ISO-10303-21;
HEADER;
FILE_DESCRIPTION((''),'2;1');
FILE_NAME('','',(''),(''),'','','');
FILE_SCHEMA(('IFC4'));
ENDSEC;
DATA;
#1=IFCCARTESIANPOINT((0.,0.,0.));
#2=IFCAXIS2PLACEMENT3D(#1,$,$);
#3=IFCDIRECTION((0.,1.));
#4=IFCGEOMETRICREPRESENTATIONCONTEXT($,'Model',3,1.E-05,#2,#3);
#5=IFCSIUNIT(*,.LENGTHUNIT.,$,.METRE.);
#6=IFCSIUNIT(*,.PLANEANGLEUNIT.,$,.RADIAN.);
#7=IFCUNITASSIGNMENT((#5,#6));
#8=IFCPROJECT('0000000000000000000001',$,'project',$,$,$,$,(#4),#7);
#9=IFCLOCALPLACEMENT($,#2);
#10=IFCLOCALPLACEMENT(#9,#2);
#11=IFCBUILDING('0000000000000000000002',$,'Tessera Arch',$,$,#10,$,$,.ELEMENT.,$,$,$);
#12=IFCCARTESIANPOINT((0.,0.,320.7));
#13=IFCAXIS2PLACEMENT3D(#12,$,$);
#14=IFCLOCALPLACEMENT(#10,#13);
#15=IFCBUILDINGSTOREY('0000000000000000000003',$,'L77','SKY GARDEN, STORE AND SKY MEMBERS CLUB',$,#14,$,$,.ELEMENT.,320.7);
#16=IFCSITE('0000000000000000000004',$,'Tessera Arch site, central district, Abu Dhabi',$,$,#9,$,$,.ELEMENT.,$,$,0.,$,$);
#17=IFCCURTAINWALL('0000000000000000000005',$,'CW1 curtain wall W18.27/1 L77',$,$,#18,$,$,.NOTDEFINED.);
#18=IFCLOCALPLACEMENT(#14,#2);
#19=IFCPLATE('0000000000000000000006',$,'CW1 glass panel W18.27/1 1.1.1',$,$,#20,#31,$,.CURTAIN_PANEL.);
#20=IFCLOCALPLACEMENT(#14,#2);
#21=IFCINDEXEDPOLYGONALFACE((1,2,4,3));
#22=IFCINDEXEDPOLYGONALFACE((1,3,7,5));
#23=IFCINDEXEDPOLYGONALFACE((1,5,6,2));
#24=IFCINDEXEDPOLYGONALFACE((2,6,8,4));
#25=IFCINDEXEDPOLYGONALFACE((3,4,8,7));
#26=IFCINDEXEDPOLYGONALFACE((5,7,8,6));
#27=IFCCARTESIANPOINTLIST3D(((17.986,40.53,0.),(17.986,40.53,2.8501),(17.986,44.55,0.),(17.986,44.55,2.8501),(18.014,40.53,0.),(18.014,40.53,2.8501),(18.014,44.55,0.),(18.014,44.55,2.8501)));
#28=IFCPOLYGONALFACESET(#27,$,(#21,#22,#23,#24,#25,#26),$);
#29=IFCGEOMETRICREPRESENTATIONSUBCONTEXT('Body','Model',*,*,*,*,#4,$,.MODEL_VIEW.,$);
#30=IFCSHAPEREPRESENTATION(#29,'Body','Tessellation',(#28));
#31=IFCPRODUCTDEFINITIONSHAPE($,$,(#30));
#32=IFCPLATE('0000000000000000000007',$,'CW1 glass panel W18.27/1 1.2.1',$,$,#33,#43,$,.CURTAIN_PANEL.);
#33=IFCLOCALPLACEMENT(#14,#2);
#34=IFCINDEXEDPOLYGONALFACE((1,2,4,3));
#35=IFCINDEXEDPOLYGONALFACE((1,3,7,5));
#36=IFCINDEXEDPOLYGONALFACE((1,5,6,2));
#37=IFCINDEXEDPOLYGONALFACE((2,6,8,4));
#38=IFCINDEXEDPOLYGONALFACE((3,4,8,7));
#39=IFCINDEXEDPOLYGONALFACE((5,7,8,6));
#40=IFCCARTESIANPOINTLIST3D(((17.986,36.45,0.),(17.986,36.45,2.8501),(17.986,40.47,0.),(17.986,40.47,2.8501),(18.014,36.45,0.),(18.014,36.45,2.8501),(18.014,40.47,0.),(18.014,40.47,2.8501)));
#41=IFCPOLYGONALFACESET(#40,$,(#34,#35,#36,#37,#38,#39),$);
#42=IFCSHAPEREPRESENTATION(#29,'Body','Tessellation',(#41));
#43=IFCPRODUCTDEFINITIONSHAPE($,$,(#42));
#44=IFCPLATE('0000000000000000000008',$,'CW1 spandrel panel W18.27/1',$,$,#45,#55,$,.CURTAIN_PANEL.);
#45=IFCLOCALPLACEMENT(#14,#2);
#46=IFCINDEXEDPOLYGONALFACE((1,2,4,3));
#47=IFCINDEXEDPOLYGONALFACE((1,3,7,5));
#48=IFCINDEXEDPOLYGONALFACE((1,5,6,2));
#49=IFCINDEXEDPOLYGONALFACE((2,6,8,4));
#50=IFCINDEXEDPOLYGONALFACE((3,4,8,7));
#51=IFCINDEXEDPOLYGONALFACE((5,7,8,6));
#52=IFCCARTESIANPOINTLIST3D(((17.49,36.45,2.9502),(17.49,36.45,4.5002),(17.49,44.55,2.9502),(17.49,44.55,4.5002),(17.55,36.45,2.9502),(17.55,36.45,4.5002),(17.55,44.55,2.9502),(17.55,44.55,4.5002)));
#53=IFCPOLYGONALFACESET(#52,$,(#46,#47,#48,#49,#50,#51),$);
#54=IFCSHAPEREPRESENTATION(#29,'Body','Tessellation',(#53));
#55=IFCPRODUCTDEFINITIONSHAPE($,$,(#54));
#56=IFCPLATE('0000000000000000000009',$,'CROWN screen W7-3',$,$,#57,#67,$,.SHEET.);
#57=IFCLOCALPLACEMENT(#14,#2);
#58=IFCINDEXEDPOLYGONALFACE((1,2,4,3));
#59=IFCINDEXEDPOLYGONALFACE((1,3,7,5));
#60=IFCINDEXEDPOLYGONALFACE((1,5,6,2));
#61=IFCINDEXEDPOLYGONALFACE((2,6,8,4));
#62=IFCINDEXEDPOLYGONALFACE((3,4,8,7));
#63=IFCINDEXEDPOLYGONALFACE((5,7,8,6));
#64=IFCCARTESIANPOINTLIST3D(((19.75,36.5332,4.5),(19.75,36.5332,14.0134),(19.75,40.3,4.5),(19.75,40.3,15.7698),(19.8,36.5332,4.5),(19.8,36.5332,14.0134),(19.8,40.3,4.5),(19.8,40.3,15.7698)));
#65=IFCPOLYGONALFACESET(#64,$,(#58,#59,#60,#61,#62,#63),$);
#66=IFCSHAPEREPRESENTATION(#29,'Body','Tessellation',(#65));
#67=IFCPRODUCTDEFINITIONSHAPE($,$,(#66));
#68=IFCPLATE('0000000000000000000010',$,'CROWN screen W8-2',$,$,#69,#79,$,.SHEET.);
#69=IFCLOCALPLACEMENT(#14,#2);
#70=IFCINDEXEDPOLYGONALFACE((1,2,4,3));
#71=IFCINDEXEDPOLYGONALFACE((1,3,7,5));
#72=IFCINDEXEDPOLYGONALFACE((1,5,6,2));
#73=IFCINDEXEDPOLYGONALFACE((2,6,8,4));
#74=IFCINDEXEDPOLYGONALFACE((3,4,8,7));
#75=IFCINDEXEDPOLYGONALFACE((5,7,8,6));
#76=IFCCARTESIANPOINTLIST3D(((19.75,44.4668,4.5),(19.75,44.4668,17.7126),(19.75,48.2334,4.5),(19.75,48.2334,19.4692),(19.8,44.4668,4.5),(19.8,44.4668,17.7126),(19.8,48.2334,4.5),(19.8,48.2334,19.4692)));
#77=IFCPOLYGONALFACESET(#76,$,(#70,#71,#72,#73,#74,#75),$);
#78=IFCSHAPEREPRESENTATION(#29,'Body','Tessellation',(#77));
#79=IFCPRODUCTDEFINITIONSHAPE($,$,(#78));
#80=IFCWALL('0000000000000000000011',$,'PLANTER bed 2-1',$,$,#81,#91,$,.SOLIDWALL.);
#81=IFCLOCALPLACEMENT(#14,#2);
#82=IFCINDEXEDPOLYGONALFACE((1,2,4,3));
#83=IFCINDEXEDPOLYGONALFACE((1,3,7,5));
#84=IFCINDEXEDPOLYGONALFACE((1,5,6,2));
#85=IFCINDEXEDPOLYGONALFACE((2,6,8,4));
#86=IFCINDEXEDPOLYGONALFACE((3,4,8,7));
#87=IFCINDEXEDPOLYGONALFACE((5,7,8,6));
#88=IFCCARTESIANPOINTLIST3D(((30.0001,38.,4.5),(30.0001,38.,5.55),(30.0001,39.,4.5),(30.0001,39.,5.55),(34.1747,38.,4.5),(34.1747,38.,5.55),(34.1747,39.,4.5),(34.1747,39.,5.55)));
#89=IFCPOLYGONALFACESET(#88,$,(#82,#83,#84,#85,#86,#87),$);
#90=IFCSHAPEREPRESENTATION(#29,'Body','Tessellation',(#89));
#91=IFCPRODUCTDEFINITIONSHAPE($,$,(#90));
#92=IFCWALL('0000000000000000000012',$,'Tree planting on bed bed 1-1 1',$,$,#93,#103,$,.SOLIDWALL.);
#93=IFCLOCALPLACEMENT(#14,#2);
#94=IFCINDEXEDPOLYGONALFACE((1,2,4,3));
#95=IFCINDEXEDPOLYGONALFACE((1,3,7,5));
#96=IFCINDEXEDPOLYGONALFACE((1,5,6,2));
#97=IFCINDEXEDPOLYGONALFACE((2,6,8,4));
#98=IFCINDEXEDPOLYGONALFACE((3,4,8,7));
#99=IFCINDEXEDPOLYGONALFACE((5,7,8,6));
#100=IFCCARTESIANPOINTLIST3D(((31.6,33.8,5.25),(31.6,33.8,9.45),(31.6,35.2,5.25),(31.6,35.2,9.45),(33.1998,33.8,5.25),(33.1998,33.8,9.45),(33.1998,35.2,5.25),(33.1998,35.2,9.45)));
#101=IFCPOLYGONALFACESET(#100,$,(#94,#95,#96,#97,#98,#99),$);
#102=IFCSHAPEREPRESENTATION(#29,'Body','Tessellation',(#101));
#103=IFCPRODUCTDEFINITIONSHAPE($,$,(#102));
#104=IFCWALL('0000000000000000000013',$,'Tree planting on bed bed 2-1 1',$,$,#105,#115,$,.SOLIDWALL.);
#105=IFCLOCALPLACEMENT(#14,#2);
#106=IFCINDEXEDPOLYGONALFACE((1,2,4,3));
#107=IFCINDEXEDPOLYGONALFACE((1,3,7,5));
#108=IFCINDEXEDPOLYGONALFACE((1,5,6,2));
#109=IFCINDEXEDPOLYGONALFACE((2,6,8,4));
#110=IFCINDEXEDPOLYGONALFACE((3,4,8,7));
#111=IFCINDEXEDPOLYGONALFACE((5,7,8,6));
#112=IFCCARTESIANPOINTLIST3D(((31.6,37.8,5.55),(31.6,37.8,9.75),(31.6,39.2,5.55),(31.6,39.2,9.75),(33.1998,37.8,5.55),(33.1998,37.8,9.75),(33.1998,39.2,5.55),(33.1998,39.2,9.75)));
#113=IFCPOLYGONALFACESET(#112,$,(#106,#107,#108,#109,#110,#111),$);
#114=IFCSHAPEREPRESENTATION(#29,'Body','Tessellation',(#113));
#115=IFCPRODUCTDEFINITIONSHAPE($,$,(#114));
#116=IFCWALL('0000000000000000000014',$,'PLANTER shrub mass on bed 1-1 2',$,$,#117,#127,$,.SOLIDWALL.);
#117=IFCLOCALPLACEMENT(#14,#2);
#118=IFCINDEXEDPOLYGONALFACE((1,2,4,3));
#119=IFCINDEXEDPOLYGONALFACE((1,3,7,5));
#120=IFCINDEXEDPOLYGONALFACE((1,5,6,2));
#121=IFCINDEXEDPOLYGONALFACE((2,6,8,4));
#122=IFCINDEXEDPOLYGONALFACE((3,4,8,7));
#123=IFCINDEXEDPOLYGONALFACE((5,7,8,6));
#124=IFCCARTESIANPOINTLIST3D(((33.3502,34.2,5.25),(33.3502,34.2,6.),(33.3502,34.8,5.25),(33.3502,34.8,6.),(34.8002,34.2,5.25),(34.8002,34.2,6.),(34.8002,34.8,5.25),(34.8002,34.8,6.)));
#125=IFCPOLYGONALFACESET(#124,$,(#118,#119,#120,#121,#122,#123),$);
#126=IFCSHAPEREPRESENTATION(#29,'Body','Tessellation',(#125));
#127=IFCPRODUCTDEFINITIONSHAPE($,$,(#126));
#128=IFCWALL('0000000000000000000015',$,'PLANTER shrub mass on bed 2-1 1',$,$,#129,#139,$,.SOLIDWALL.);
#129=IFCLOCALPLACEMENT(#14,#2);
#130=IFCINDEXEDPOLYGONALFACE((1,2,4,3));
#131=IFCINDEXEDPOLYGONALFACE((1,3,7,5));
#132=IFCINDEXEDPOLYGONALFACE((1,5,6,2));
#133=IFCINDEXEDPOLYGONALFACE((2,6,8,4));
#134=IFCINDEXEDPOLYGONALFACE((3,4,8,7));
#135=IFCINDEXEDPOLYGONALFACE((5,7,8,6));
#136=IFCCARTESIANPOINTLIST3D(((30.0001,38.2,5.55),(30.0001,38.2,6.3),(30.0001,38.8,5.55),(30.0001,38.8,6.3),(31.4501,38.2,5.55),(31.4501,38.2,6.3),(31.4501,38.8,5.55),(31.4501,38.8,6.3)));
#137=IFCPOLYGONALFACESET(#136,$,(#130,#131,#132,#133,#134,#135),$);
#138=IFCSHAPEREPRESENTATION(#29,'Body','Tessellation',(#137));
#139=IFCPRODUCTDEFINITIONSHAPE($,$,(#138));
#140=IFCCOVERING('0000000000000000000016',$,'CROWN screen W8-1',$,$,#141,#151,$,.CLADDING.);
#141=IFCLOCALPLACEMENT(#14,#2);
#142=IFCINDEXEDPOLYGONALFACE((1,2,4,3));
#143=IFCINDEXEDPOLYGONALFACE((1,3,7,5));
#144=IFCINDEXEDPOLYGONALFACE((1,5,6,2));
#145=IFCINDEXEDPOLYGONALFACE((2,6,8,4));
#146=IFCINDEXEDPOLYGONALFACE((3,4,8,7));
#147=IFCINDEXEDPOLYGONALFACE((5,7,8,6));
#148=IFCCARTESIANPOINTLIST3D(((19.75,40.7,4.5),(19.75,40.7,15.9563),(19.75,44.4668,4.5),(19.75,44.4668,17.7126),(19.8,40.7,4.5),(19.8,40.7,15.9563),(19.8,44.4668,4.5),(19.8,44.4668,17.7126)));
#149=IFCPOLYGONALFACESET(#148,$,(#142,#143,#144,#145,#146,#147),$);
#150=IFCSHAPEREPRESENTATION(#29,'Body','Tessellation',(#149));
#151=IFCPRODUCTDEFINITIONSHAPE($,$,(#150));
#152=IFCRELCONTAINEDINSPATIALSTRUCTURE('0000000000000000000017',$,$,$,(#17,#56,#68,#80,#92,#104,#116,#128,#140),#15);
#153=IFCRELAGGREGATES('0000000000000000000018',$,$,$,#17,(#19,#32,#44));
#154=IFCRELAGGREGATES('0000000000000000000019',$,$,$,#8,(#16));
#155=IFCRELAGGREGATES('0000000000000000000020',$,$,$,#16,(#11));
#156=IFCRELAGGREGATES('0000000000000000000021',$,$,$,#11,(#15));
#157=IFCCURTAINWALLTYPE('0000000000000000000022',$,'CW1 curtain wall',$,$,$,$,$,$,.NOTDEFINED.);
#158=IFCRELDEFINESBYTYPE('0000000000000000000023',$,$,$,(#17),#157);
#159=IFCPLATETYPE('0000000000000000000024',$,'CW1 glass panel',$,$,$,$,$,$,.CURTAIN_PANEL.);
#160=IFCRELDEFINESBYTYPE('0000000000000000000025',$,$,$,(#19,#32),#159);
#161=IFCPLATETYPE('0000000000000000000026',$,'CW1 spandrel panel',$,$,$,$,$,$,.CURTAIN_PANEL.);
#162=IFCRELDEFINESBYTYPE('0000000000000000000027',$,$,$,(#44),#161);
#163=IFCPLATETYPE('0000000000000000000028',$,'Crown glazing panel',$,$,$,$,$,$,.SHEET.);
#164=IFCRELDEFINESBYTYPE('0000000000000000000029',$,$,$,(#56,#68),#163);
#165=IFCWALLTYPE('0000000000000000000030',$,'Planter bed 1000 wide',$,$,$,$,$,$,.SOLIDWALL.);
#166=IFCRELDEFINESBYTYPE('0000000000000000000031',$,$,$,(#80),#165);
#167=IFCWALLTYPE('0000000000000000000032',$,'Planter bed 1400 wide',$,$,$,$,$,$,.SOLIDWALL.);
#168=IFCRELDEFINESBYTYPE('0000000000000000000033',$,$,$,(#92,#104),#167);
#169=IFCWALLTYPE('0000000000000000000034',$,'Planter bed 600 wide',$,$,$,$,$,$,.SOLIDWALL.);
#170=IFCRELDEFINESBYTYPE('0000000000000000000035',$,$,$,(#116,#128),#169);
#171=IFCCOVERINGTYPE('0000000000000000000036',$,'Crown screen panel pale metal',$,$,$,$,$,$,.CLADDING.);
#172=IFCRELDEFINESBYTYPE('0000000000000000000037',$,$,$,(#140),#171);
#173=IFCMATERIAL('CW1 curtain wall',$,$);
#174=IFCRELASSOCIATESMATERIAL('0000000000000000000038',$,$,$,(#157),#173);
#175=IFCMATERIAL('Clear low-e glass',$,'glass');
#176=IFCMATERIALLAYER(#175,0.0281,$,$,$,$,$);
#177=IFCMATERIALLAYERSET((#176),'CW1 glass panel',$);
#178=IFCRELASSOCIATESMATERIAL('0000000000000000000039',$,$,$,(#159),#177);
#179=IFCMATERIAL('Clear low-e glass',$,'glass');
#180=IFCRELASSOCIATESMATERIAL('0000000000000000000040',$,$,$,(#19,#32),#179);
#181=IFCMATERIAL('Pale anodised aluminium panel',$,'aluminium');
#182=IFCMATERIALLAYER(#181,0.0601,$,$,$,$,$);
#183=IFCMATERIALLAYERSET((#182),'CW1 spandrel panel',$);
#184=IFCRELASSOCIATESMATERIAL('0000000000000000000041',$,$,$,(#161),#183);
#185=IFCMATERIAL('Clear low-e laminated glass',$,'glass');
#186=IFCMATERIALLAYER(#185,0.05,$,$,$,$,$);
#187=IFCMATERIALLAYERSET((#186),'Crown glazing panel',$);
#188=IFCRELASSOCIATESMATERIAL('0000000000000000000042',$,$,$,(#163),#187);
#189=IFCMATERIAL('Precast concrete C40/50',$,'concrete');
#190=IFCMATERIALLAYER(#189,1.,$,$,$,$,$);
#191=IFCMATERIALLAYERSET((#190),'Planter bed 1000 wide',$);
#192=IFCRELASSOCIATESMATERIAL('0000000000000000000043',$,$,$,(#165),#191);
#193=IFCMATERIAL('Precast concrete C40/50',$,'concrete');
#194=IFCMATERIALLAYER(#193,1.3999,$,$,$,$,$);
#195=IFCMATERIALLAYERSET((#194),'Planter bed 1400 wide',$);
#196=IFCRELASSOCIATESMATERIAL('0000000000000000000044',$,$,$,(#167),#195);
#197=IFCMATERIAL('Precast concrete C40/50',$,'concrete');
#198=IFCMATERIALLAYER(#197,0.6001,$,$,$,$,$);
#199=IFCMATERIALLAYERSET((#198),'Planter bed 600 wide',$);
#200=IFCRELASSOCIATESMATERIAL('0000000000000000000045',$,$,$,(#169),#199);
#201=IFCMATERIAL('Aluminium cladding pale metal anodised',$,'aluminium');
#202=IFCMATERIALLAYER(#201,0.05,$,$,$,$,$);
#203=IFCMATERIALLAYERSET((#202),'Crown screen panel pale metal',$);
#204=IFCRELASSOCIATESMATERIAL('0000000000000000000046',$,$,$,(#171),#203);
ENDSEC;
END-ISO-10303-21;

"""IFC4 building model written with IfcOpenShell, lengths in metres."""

from ifc_helpers import new_model, si_unit, direction, frame, frame_2d, origin, origin_2d, place, context, subcontext, project, spatial, polyline, rectangle, outline, extrude, material, layer, layer_set, type_object, element, aggregate, save


model = new_model("IFC4")

# Units and contexts
model_context = context("Model", 3, precision=1e-05, world=origin(), true_north=direction((0.0, 1.0)))
body_context = subcontext(model_context, "Body", "Model", "MODEL_VIEW")
ifc_project = project(units=[si_unit("LENGTHUNIT", "METRE"), si_unit("PLANEANGLEUNIT", "RADIAN")], contexts=[model_context])

# Site, building, storey
site_placement = place(None, origin())
site = spatial("IfcSite", under=ifc_project, at=site_placement, Name="Tessera Arch site, central district, Abu Dhabi", CompositionType="ELEMENT", RefElevation=0.0)
building_placement = place(site_placement, origin())
building = spatial("IfcBuilding", under=site, at=building_placement, Name="Tessera Arch", CompositionType="ELEMENT")
storey_placement = place(building_placement, frame((0.0, 0.0, 320.7)))
storey = spatial("IfcBuildingStorey", under=building, at=storey_placement, Name="L77", Description="SKY GARDEN, STORE AND SKY MEMBERS CLUB", CompositionType="ELEMENT", Elevation=320.7)

# Curtain wall
ifc_material_1 = material(Name="CW1 curtain wall")
curtain_wall_type = type_object("IfcCurtainWallType", Name="CW1 curtain wall", PredefinedType="NOTDEFINED", material=ifc_material_1)
curtain_wall_placement = place(storey_placement, origin())
curtain_wall = element("IfcCurtainWall", 1, at=curtain_wall_placement, inside=storey, type_object=curtain_wall_type, Name="CW1 curtain wall W18.27/1 L77", PredefinedType="NOTDEFINED")

# Plates
ifc_material_2 = material(Name="Clear low-e glass", Category="glass")
ifc_material_3 = material(Name="Clear low-e glass", Category="glass")
ifc_layer_1 = layer(ifc_material_3, 0.0281)
ifc_layer_set_1 = layer_set([ifc_layer_1], Name="CW1 glass panel")
plate_type_1 = type_object("IfcPlateType", Name="CW1 glass panel", PredefinedType="CURTAIN_PANEL", material=ifc_layer_set_1)
plate_1_placement = place(storey_placement, frame((18.0, 42.54, 0.0), z_axis=(0.0, 0.0, 1.0), x_axis=(0.0, -1.0, 0.0)))
plate_1 = element("IfcPlate", 2, at=plate_1_placement, type_object=plate_type_1, material=ifc_material_2, Name="CW1 glass panel W18.27/1 1.1.1", PredefinedType="CURTAIN_PANEL", context=body_context, shape_type="SweptSolid", body=[
    extrude(rectangle(XDim=4.02, YDim=0.0281, at=origin_2d()), origin(), (0.0, 0.0, 1.0), 2.8501),
])
plate_2_placement = place(storey_placement, frame((18.0, 38.46, 0.0), z_axis=(0.0, 0.0, 1.0), x_axis=(0.0, -1.0, 0.0)))
plate_2 = element("IfcPlate", 3, at=plate_2_placement, type_object=plate_type_1, material=ifc_material_2, Name="CW1 glass panel W18.27/1 1.2.1", PredefinedType="CURTAIN_PANEL", context=body_context, shape_type="SweptSolid", body=[
    extrude(rectangle(XDim=4.02, YDim=0.0281, at=origin_2d()), origin(), (0.0, 0.0, 1.0), 2.8501),
])
ifc_material_4 = material(Name="Pale anodised aluminium panel", Category="aluminium")
ifc_layer_2 = layer(ifc_material_4, 0.0601)
ifc_layer_set_2 = layer_set([ifc_layer_2], Name="CW1 spandrel panel")
plate_type_2 = type_object("IfcPlateType", Name="CW1 spandrel panel", PredefinedType="CURTAIN_PANEL", material=ifc_layer_set_2)
plate_3_placement = place(storey_placement, frame((17.52, 40.5, 2.9502), z_axis=(0.0, 0.0, 1.0), x_axis=(0.0, -1.0, 0.0)))
plate_3 = element("IfcPlate", 4, at=plate_3_placement, type_object=plate_type_2, Name="CW1 spandrel panel W18.27/1", PredefinedType="CURTAIN_PANEL", context=body_context, shape_type="SweptSolid", body=[
    extrude(rectangle(XDim=8.1001, YDim=0.0601, at=origin_2d()), origin(), (0.0, 0.0, 1.0), 1.55),
])
aggregate(curtain_wall, [plate_1, plate_2, plate_3])

# Plates
ifc_material_5 = material(Name="Clear low-e laminated glass", Category="glass")
ifc_layer_3 = layer(ifc_material_5, 0.05)
ifc_layer_set_3 = layer_set([ifc_layer_3], Name="Crown glazing panel")
plate_type_3 = type_object("IfcPlateType", Name="Crown glazing panel", PredefinedType="SHEET", material=ifc_layer_set_3)
plate_4_placement = place(storey_placement, frame((19.8, 36.5332, 4.5), z_axis=(1.0, 0.0, 0.0), x_axis=(0.0, 1.0, 0.0)))
element("IfcPlate", 5, at=plate_4_placement, inside=storey, type_object=plate_type_3, Name="CROWN screen W7-3", PredefinedType="SHEET", context=body_context, shape_type="SweptSolid", body=[
    extrude(outline(polyline([(0.0, 0.0), (3.7668, 0.0), (3.7668, 11.2698), (0.0, 9.5134), (0.0, 0.0)])), origin(), (0.0, 0.0, -1.0), 0.05),
])
plate_5_placement = place(storey_placement, frame((19.8, 44.4668, 4.5), z_axis=(1.0, 0.0, 0.0), x_axis=(0.0, 1.0, 0.0)))
element("IfcPlate", 6, at=plate_5_placement, inside=storey, type_object=plate_type_3, Name="CROWN screen W8-2", PredefinedType="SHEET", context=body_context, shape_type="SweptSolid", body=[
    extrude(outline(polyline([(0.0, 0.0), (3.7666, 0.0), (3.7666, 14.9692), (0.0, 13.2126), (0.0, 0.0)])), origin(), (0.0, 0.0, -1.0), 0.05),
])

# Walls
ifc_material_6 = material(Name="Precast concrete C40/50", Category="concrete")
ifc_layer_4 = layer(ifc_material_6, 1.0)
ifc_layer_set_4 = layer_set([ifc_layer_4], Name="Planter bed 1000 wide")
wall_type_1 = type_object("IfcWallType", Name="Planter bed 1000 wide", PredefinedType="SOLIDWALL", material=ifc_layer_set_4)
wall_placement = place(storey_placement, frame((30.0, 38.5, 4.5), z_axis=(0.0, 0.0, 1.0), x_axis=(1.0, 0.0, 0.0)))
element("IfcWall", 7, at=wall_placement, inside=storey, type_object=wall_type_1, Name="PLANTER bed 2-1", PredefinedType="SOLIDWALL", context=body_context, shape_type="SweptSolid", body=[
    extrude(rectangle(XDim=4.1746, YDim=1.0, at=frame_2d((2.0874, 0.0))), origin(), (0.0, 0.0, 1.0), 1.05),
])
ifc_material_7 = material(Name="Precast concrete C40/50", Category="concrete")
ifc_layer_5 = layer(ifc_material_7, 1.3999)
ifc_layer_set_5 = layer_set([ifc_layer_5], Name="Planter bed 1400 wide")
wall_type_2 = type_object("IfcWallType", Name="Planter bed 1400 wide", PredefinedType="SOLIDWALL", material=ifc_layer_set_5)
for number, where, z_axis, x_axis, name in (
    (8, (31.6001, 34.5, 5.25), (0.0, 0.0, 1.0), (1.0, 0.0, 0.0), "Tree planting on bed bed 1-1 1"),
    (9, (31.6001, 38.5, 5.55), (0.0, 0.0, 1.0), (1.0, 0.0, 0.0), "Tree planting on bed bed 2-1 1"),
):
    element("IfcWall", number, at=place(storey_placement, frame(where, z_axis=z_axis, x_axis=x_axis)), inside=storey, type_object=wall_type_2, Name=name, PredefinedType="SOLIDWALL", context=body_context, shape_type="SweptSolid", body=[
        extrude(rectangle(XDim=1.5999, YDim=1.3999, at=frame_2d((0.7998, 0.0))), origin(), (0.0, 0.0, 1.0), 4.2),
    ])
ifc_material_8 = material(Name="Precast concrete C40/50", Category="concrete")
ifc_layer_6 = layer(ifc_material_8, 0.6001)
ifc_layer_set_6 = layer_set([ifc_layer_6], Name="Planter bed 600 wide")
wall_type_3 = type_object("IfcWallType", Name="Planter bed 600 wide", PredefinedType="SOLIDWALL", material=ifc_layer_set_6)
for number, where, z_axis, x_axis, name in (
    (10, (33.3501, 34.5, 5.25), (0.0, 0.0, 1.0), (1.0, 0.0, 0.0), "PLANTER shrub mass on bed 1-1 2"),
    (11, (30.0, 38.5, 5.55), (0.0, 0.0, 1.0), (1.0, 0.0, 0.0), "PLANTER shrub mass on bed 2-1 1"),
):
    element("IfcWall", number, at=place(storey_placement, frame(where, z_axis=z_axis, x_axis=x_axis)), inside=storey, type_object=wall_type_3, Name=name, PredefinedType="SOLIDWALL", context=body_context, shape_type="SweptSolid", body=[
        extrude(rectangle(XDim=1.45, YDim=0.6001, at=frame_2d((0.7251, 0.0))), origin(), (0.0, 0.0, 1.0), 0.75),
    ])

# Covering
ifc_material_9 = material(Name="Aluminium cladding pale metal anodised", Category="aluminium")
ifc_layer_7 = layer(ifc_material_9, 0.05)
ifc_layer_set_7 = layer_set([ifc_layer_7], Name="Crown screen panel pale metal")
covering_type = type_object("IfcCoveringType", Name="Crown screen panel pale metal", PredefinedType="CLADDING", material=ifc_layer_set_7)
covering_placement = place(storey_placement, frame((19.8, 40.7, 4.5), z_axis=(1.0, 0.0, 0.0), x_axis=(0.0, 1.0, 0.0)))
element("IfcCovering", 12, at=covering_placement, inside=storey, type_object=covering_type, Name="CROWN screen W8-1", PredefinedType="CLADDING", context=body_context, shape_type="SweptSolid", body=[
    extrude(outline(polyline([(0.0, 0.0), (3.7668, 0.0), (3.7668, 13.2126), (0.0, 11.4563), (0.0, 0.0)])), origin(), (0.0, 0.0, -1.0), 0.05),
])

save(model, "model.ifc")
